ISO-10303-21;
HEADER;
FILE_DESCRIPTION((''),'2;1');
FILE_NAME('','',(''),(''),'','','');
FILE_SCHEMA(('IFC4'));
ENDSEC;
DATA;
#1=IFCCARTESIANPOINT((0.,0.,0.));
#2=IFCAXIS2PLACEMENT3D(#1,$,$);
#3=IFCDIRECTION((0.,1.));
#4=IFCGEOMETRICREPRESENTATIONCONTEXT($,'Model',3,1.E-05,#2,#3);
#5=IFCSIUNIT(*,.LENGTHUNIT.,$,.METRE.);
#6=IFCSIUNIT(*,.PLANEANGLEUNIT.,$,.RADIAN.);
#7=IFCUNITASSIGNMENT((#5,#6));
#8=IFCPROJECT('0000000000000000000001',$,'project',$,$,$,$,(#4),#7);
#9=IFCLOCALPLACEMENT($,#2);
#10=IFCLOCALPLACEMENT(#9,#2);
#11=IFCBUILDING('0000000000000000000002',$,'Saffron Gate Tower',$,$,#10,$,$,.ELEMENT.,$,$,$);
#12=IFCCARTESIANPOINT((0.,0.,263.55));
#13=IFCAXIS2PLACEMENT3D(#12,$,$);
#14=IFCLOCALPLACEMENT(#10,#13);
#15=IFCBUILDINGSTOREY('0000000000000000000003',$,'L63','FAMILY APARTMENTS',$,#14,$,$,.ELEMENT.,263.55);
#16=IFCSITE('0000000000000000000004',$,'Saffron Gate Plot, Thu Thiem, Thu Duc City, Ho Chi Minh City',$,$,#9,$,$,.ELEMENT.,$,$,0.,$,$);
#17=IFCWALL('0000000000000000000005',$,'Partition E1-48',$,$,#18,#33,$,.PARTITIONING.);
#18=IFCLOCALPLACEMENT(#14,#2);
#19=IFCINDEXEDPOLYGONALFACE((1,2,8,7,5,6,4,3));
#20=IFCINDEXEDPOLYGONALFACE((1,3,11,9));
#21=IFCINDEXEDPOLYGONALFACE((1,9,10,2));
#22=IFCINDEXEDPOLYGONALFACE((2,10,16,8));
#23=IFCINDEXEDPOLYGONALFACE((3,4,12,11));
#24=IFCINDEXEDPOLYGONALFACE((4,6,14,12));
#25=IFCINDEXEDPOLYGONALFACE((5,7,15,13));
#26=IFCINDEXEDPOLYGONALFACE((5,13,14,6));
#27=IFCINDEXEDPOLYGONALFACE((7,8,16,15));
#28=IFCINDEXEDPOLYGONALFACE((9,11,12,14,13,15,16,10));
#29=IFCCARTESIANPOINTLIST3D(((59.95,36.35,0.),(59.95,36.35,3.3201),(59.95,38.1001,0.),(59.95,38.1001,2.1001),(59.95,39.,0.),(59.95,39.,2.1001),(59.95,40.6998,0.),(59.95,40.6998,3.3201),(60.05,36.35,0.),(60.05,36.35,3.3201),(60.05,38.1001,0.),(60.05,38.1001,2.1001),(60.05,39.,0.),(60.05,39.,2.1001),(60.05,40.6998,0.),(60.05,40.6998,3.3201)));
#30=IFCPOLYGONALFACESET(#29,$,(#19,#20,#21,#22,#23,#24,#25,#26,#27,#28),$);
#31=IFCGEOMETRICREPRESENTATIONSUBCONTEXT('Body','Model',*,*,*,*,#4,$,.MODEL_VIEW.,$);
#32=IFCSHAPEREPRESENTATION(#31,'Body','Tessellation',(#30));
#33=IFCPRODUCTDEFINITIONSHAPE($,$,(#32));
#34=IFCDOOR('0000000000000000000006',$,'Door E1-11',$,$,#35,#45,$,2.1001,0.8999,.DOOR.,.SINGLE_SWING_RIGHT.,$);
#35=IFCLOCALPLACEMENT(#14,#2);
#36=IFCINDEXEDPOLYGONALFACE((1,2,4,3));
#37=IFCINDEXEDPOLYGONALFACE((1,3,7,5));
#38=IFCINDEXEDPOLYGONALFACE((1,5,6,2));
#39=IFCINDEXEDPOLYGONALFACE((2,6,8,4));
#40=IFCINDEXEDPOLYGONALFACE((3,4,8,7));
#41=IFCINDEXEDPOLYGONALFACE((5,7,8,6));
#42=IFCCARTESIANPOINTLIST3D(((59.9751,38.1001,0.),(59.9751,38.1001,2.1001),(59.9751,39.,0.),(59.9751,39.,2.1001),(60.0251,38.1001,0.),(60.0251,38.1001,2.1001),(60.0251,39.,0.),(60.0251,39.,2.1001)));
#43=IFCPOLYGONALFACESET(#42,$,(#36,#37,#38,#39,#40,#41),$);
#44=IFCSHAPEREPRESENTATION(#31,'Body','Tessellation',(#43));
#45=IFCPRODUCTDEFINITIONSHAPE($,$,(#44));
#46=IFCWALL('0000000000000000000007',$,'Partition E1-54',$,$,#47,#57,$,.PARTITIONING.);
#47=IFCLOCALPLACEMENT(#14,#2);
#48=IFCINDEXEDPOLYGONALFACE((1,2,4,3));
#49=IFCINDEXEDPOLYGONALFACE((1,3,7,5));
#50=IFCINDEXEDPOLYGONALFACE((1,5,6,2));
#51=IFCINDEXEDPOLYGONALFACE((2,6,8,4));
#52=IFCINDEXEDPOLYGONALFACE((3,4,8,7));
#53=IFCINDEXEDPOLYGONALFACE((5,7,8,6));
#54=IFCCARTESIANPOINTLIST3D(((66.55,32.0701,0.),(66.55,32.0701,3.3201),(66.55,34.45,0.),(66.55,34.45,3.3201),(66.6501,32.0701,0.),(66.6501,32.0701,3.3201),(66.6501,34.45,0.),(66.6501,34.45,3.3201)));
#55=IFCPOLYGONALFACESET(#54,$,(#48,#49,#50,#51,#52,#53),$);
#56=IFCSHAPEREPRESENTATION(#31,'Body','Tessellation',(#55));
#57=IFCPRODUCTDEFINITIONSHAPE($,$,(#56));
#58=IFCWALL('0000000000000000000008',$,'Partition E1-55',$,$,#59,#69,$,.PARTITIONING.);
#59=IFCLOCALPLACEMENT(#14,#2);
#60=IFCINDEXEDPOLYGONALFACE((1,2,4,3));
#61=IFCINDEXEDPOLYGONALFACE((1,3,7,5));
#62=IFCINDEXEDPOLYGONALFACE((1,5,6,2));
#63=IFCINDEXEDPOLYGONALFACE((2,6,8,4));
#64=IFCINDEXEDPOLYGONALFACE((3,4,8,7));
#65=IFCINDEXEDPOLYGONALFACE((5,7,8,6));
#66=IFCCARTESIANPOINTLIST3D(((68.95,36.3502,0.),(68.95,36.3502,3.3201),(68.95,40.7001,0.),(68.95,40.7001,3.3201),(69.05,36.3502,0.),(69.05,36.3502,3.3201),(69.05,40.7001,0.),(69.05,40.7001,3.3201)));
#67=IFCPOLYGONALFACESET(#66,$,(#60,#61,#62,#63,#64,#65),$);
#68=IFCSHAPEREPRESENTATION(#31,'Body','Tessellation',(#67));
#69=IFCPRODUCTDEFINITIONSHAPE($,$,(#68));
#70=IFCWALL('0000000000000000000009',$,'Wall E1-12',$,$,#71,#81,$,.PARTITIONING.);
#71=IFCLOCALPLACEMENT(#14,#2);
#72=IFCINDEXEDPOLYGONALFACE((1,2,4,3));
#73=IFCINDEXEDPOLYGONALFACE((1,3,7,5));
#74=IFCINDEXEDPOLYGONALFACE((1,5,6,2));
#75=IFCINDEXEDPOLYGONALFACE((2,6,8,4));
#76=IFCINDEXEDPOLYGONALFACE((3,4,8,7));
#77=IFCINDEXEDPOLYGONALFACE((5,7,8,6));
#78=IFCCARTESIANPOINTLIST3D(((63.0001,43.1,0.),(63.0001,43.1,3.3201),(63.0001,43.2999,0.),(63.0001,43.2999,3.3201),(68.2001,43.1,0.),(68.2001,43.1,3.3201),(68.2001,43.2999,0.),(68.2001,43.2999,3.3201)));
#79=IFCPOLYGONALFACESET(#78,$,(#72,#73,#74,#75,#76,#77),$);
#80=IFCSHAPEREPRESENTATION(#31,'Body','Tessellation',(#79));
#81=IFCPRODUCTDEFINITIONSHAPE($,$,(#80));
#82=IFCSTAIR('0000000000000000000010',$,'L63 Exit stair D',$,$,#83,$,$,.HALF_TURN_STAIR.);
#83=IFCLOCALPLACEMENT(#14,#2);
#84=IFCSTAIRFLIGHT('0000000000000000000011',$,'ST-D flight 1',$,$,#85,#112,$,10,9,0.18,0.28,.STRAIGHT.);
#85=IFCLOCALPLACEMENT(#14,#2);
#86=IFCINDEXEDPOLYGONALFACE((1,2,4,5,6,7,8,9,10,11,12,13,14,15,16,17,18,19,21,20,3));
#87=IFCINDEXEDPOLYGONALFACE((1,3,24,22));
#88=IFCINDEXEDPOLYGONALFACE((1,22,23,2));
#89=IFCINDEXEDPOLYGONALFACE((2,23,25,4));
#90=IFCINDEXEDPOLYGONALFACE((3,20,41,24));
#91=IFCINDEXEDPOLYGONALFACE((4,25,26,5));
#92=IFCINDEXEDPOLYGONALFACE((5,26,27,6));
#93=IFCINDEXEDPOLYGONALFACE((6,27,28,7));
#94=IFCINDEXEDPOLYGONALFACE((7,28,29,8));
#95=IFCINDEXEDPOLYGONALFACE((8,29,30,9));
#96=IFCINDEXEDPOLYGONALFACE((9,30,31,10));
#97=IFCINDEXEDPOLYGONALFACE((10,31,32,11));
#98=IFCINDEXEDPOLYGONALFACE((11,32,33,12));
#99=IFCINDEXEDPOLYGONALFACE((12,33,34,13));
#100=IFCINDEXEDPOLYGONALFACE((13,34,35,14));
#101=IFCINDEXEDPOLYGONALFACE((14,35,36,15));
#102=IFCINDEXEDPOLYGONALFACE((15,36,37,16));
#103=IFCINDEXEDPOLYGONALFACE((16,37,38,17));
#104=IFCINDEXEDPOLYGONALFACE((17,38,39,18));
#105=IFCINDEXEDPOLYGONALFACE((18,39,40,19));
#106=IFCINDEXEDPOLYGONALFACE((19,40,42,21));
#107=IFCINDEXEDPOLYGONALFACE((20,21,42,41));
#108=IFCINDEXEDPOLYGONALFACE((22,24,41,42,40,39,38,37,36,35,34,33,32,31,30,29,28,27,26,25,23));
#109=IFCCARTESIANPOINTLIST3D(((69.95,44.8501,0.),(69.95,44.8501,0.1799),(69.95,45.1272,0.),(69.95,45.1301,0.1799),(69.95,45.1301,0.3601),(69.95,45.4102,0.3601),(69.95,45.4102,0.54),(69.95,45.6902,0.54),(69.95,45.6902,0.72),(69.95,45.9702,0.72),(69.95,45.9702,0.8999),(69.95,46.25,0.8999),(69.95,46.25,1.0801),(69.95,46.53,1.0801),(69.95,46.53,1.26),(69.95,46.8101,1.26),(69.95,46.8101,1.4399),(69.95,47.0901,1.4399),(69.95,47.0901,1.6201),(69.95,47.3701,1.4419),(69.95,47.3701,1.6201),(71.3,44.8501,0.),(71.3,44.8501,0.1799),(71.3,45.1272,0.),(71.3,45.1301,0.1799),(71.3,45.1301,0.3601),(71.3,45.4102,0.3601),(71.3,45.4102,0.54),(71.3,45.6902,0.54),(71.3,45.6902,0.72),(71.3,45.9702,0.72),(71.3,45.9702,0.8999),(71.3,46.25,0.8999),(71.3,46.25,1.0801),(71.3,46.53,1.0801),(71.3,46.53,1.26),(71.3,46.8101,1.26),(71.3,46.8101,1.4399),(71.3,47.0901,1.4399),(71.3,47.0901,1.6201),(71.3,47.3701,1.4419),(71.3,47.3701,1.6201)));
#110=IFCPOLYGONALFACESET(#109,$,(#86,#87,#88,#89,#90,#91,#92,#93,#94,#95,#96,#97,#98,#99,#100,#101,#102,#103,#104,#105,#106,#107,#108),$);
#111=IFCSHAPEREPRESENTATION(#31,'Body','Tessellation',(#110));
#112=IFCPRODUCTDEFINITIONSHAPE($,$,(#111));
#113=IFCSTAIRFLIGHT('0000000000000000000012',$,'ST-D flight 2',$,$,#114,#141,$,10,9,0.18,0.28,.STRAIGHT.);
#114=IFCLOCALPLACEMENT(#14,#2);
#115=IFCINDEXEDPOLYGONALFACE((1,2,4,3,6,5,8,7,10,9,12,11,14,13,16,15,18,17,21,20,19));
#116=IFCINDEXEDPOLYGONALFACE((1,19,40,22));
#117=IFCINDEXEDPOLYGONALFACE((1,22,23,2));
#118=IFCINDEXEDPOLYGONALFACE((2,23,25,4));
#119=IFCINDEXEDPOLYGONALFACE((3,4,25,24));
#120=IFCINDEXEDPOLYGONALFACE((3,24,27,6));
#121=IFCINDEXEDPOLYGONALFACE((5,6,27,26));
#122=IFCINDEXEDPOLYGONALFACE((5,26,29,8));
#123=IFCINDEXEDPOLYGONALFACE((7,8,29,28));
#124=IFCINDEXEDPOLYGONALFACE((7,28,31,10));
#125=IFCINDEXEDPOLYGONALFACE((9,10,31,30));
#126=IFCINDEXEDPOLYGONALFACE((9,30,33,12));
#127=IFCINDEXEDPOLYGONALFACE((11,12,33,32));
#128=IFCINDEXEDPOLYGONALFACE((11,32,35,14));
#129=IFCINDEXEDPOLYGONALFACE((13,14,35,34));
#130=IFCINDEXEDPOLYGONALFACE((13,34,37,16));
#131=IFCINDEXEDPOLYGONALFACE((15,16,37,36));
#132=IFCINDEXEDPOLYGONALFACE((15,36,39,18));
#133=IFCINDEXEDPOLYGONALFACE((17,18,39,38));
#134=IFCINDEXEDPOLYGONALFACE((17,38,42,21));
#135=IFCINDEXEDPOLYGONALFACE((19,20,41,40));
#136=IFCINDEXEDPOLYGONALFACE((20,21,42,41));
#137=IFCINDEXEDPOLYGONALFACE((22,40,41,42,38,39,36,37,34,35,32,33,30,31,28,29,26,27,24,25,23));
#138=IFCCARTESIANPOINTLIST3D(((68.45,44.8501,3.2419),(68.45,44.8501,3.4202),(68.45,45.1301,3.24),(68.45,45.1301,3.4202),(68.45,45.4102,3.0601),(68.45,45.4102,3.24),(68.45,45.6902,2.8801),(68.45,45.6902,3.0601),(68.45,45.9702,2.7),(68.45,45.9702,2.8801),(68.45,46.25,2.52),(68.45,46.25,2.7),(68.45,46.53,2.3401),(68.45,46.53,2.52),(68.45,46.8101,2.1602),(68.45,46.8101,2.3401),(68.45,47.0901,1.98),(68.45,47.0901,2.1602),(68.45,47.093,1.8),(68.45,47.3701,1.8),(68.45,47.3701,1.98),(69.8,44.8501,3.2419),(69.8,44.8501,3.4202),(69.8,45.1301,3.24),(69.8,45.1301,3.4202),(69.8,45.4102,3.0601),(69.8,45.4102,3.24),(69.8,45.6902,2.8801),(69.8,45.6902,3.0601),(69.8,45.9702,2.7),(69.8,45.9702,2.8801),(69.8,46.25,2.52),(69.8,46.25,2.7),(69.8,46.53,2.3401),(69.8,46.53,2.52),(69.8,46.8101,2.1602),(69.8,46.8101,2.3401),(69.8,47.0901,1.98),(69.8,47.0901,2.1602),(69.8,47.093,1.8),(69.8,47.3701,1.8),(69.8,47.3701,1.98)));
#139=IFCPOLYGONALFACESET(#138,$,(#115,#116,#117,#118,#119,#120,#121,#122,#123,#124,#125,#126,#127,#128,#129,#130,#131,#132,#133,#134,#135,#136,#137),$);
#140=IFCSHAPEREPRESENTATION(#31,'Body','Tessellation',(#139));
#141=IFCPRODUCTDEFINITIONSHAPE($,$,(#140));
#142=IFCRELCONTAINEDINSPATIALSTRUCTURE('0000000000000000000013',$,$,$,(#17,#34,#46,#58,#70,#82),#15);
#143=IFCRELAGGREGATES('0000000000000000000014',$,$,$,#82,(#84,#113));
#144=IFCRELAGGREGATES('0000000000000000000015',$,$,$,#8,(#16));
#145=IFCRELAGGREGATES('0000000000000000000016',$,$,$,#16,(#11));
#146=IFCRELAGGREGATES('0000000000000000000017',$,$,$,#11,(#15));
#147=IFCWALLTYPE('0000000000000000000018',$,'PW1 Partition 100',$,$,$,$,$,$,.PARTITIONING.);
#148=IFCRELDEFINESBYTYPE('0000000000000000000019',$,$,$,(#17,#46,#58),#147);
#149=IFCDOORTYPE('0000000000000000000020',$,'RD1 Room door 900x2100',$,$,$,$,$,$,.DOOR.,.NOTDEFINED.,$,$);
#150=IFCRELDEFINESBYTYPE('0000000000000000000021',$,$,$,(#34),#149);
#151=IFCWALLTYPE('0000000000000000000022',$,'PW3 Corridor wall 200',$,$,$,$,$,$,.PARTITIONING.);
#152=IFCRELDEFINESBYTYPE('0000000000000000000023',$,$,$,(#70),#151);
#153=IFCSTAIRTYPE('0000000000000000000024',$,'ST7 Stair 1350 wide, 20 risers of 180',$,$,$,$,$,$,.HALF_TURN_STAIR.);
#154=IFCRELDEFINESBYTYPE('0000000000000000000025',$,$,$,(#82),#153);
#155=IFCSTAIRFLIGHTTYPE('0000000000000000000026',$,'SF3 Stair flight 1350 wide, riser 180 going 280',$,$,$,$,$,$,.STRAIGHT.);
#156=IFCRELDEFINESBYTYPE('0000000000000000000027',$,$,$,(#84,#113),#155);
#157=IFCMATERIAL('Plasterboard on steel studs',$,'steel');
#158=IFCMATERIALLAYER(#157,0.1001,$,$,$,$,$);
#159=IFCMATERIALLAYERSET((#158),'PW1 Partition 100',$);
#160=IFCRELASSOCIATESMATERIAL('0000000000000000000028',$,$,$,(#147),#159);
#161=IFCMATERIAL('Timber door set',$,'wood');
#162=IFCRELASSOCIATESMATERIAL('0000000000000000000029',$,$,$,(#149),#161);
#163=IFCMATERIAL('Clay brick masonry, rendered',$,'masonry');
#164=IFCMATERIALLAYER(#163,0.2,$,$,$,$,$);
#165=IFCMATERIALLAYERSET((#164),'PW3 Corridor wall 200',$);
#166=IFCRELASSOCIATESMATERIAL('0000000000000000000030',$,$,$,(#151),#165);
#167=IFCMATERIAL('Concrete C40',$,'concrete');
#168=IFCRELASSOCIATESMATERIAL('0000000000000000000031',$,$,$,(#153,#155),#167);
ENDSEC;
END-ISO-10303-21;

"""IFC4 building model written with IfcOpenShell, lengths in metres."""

from ifc_helpers import new_model, si_unit, direction, frame, frame_2d, origin, place, context, subcontext, project, spatial, polyline, rectangle, outline, extrude, material, layer, layer_set, type_object, element, fill, aggregate, save


model = new_model("IFC4")

# Units and contexts
model_context = context("Model", 3, precision=1e-05, world=origin(), true_north=direction((0.0, 1.0)))
body_context = subcontext(model_context, "Body", "Model", "MODEL_VIEW")
ifc_project = project(units=[si_unit("LENGTHUNIT", "METRE"), si_unit("PLANEANGLEUNIT", "RADIAN")], contexts=[model_context])

# Site, building, storey
site_placement = place(None, origin())
site = spatial("IfcSite", under=ifc_project, at=site_placement, Name="Saffron Gate Plot, Thu Thiem, Thu Duc City, Ho Chi Minh City", CompositionType="ELEMENT", RefElevation=0.0)
building_placement = place(site_placement, origin())
building = spatial("IfcBuilding", under=site, at=building_placement, Name="Saffron Gate Tower", CompositionType="ELEMENT")
storey_placement = place(building_placement, frame((0.0, 0.0, 263.55)))
storey = spatial("IfcBuildingStorey", under=building, at=storey_placement, Name="L63", Description="FAMILY APARTMENTS", CompositionType="ELEMENT", Elevation=263.55)

# Shared definitions
ifc_material_1 = material(Name="Concrete C40", Category="concrete")

# Shared definitions
ifc_material_2 = material(Name="Plasterboard on steel studs", Category="steel")
ifc_layer_1 = layer(ifc_material_2, 0.1001)
ifc_layer_set_1 = layer_set([ifc_layer_1], Name="PW1 Partition 100")
wall_type_1 = type_object("IfcWallType", Name="PW1 Partition 100", PredefinedType="PARTITIONING", material=ifc_layer_set_1)
ifc_material_3 = material(Name="Timber door set", Category="wood")
door_type_1 = type_object("IfcDoorType", Name="RD1 Room door 900x2100", OperationType="NOTDEFINED", PredefinedType="DOOR", material=ifc_material_3)

# Wall, opening, door
wall_1_placement = place(storey_placement, frame((60.0, 36.3501, 0.0), z_axis=(0.0, 0.0, 1.0), x_axis=(0.0, 1.0, 0.0)))
wall_1 = element("IfcWall", 1, at=wall_1_placement, inside=storey, type_object=wall_type_1, Name="Partition E1-48", PredefinedType="PARTITIONING", context=body_context, shape_type="SweptSolid", body=[
    extrude(rectangle(XDim=4.3499, YDim=0.1001, at=frame_2d((2.1748, 0.0))), origin(), (0.0, 0.0, 1.0), 3.3201),
])
opening_1_placement = place(wall_1_placement, frame((1.75, 0.0, 0.0)))
opening_1 = element("IfcOpeningElement", 2, at=opening_1_placement, cuts=wall_1, PredefinedType="OPENING", context=body_context, shape_type="SweptSolid", body=[
    extrude(rectangle(XDim=0.8999, YDim=2.1001, at=frame_2d((0.45, 1.05))), frame((0.0, 0.0601, 0.0), z_axis=(0.0, -1.0, 0.0), x_axis=(1.0, 0.0, 0.0)), (0.0, 0.0, 1.0), 0.1201),
])
door_1_placement = place(opening_1_placement, origin())
door_1 = element("IfcDoor", 3, at=door_1_placement, inside=storey, type_object=door_type_1, Name="Door E1-11", OperationType="SINGLE_SWING_RIGHT", OverallHeight=2.1001, OverallWidth=0.8999, PredefinedType="DOOR", context=body_context, shape_type="SweptSolid", body=[
    extrude(rectangle(XDim=0.8999, YDim=2.1001, at=frame_2d((0.45, 1.05))), frame((0.0, 0.0249, 0.0), z_axis=(0.0, -1.0, 0.0), x_axis=(1.0, 0.0, 0.0)), (0.0, 0.0, 1.0), 0.05),
])
fill(opening_1, door_1)

# Walls
wall_2_placement = place(storey_placement, frame((66.6001, 34.45, 0.0), z_axis=(0.0, 0.0, 1.0), x_axis=(0.0, -1.0, 0.0)))
element("IfcWall", 4, at=wall_2_placement, inside=storey, type_object=wall_type_1, Name="Partition E1-54", PredefinedType="PARTITIONING", context=body_context, shape_type="SweptSolid", body=[
    extrude(rectangle(XDim=2.3799, YDim=0.1001, at=frame_2d((1.1899, 0.0))), origin(), (0.0, 0.0, 1.0), 3.3201),
])
wall_3_placement = place(storey_placement, frame((69.0, 40.7, 0.0), z_axis=(0.0, 0.0, 1.0), x_axis=(0.0, -1.0, 0.0)))
element("IfcWall", 5, at=wall_3_placement, inside=storey, type_object=wall_type_1, Name="Partition E1-55", PredefinedType="PARTITIONING", context=body_context, shape_type="SweptSolid", body=[
    extrude(rectangle(XDim=4.3499, YDim=0.1001, at=frame_2d((2.1748, 0.0))), origin(), (0.0, 0.0, 1.0), 3.3201),
])
ifc_material_4 = material(Name="Clay brick masonry, rendered", Category="masonry")
ifc_layer_2 = layer(ifc_material_4, 0.2)
ifc_layer_set_2 = layer_set([ifc_layer_2], Name="PW3 Corridor wall 200")
wall_type_2 = type_object("IfcWallType", Name="PW3 Corridor wall 200", PredefinedType="PARTITIONING", material=ifc_layer_set_2)
wall_4_placement = place(storey_placement, frame((63.0, 43.2, 0.0), z_axis=(0.0, 0.0, 1.0), x_axis=(1.0, 0.0, 0.0)))
element("IfcWall", 6, at=wall_4_placement, inside=storey, type_object=wall_type_2, Name="Wall E1-12", PredefinedType="PARTITIONING", context=body_context, shape_type="SweptSolid", body=[
    extrude(rectangle(XDim=5.2, YDim=0.2, at=frame_2d((2.6001, 0.0))), origin(), (0.0, 0.0, 1.0), 3.3201),
])

# Stair, stair flights
stair_type = type_object("IfcStairType", Name="ST7 Stair 1350 wide, 20 risers of 180", PredefinedType="HALF_TURN_STAIR", material=ifc_material_1)
stair_placement = place(storey_placement, origin())
stair = element("IfcStair", 7, at=stair_placement, inside=storey, type_object=stair_type, Name="L63 Exit stair D", PredefinedType="HALF_TURN_STAIR")
stair_flight_type = type_object("IfcStairFlightType", Name="SF3 Stair flight 1350 wide, riser 180 going 280", PredefinedType="STRAIGHT", material=ifc_material_1)
stair_flight_1_placement = place(storey_placement, frame((70.625, 44.8501, 0.0), z_axis=(0.0, 0.0, 1.0), x_axis=(0.0, 1.0, 0.0)))
stair_flight_1 = element("IfcStairFlight", 8, at=stair_flight_1_placement, type_object=stair_flight_type, Name="ST-D flight 1", NumberOfRisers=10, NumberOfTreads=9, PredefinedType="STRAIGHT", RiserHeight=0.18, TreadLength=0.28, context=body_context, shape_type="SweptSolid", body=[
    extrude(outline(polyline([(0.0, 0.0), (0.0, 0.1799), (0.28, 0.1799), (0.28, 0.3601), (0.5601, 0.3601), (0.5601, 0.54), (0.8401, 0.54), (0.8401, 0.72), (1.1201, 0.72), (1.1201, 0.8999), (1.3999, 0.8999), (1.3999, 1.0801), (1.6799, 1.0801), (1.6799, 1.26), (1.96, 1.26), (1.96, 1.4399), (2.24, 1.4399), (2.24, 1.6201), (2.52, 1.6201), (2.52, 1.8), (2.52, 1.4419), (0.2771, 0.0), (0.0, 0.0)])), frame((0.0, 0.675, 0.0), z_axis=(0.0, -1.0, 0.0), x_axis=(1.0, 0.0, 0.0)), (0.0, 0.0, 1.0), 1.3501),
])
stair_flight_2_placement = place(storey_placement, frame((69.125, 47.3701, 1.8), z_axis=(0.0, 0.0, 1.0), x_axis=(0.0, -1.0, 0.0)))
stair_flight_2 = element("IfcStairFlight", 9, at=stair_flight_2_placement, type_object=stair_flight_type, Name="ST-D flight 2", NumberOfRisers=10, NumberOfTreads=9, PredefinedType="STRAIGHT", RiserHeight=0.18, TreadLength=0.28, context=body_context, shape_type="SweptSolid", body=[
    extrude(outline(polyline([(0.0, 0.0), (0.0, 0.1799), (0.28, 0.1799), (0.28, 0.3601), (0.5601, 0.3601), (0.5601, 0.54), (0.8401, 0.54), (0.8401, 0.72), (1.1201, 0.72), (1.1201, 0.8999), (1.3999, 0.8999), (1.3999, 1.0801), (1.6799, 1.0801), (1.6799, 1.26), (1.96, 1.26), (1.96, 1.4399), (2.24, 1.4399), (2.24, 1.6201), (2.52, 1.6201), (2.52, 1.8), (2.52, 1.4419), (0.2771, 0.0), (0.0, 0.0)])), frame((0.0, 0.675, 0.0), z_axis=(0.0, -1.0, 0.0), x_axis=(1.0, 0.0, 0.0)), (0.0, 0.0, 1.0), 1.3501),
])
aggregate(stair, [stair_flight_1, stair_flight_2])

save(model, "model.ifc")
